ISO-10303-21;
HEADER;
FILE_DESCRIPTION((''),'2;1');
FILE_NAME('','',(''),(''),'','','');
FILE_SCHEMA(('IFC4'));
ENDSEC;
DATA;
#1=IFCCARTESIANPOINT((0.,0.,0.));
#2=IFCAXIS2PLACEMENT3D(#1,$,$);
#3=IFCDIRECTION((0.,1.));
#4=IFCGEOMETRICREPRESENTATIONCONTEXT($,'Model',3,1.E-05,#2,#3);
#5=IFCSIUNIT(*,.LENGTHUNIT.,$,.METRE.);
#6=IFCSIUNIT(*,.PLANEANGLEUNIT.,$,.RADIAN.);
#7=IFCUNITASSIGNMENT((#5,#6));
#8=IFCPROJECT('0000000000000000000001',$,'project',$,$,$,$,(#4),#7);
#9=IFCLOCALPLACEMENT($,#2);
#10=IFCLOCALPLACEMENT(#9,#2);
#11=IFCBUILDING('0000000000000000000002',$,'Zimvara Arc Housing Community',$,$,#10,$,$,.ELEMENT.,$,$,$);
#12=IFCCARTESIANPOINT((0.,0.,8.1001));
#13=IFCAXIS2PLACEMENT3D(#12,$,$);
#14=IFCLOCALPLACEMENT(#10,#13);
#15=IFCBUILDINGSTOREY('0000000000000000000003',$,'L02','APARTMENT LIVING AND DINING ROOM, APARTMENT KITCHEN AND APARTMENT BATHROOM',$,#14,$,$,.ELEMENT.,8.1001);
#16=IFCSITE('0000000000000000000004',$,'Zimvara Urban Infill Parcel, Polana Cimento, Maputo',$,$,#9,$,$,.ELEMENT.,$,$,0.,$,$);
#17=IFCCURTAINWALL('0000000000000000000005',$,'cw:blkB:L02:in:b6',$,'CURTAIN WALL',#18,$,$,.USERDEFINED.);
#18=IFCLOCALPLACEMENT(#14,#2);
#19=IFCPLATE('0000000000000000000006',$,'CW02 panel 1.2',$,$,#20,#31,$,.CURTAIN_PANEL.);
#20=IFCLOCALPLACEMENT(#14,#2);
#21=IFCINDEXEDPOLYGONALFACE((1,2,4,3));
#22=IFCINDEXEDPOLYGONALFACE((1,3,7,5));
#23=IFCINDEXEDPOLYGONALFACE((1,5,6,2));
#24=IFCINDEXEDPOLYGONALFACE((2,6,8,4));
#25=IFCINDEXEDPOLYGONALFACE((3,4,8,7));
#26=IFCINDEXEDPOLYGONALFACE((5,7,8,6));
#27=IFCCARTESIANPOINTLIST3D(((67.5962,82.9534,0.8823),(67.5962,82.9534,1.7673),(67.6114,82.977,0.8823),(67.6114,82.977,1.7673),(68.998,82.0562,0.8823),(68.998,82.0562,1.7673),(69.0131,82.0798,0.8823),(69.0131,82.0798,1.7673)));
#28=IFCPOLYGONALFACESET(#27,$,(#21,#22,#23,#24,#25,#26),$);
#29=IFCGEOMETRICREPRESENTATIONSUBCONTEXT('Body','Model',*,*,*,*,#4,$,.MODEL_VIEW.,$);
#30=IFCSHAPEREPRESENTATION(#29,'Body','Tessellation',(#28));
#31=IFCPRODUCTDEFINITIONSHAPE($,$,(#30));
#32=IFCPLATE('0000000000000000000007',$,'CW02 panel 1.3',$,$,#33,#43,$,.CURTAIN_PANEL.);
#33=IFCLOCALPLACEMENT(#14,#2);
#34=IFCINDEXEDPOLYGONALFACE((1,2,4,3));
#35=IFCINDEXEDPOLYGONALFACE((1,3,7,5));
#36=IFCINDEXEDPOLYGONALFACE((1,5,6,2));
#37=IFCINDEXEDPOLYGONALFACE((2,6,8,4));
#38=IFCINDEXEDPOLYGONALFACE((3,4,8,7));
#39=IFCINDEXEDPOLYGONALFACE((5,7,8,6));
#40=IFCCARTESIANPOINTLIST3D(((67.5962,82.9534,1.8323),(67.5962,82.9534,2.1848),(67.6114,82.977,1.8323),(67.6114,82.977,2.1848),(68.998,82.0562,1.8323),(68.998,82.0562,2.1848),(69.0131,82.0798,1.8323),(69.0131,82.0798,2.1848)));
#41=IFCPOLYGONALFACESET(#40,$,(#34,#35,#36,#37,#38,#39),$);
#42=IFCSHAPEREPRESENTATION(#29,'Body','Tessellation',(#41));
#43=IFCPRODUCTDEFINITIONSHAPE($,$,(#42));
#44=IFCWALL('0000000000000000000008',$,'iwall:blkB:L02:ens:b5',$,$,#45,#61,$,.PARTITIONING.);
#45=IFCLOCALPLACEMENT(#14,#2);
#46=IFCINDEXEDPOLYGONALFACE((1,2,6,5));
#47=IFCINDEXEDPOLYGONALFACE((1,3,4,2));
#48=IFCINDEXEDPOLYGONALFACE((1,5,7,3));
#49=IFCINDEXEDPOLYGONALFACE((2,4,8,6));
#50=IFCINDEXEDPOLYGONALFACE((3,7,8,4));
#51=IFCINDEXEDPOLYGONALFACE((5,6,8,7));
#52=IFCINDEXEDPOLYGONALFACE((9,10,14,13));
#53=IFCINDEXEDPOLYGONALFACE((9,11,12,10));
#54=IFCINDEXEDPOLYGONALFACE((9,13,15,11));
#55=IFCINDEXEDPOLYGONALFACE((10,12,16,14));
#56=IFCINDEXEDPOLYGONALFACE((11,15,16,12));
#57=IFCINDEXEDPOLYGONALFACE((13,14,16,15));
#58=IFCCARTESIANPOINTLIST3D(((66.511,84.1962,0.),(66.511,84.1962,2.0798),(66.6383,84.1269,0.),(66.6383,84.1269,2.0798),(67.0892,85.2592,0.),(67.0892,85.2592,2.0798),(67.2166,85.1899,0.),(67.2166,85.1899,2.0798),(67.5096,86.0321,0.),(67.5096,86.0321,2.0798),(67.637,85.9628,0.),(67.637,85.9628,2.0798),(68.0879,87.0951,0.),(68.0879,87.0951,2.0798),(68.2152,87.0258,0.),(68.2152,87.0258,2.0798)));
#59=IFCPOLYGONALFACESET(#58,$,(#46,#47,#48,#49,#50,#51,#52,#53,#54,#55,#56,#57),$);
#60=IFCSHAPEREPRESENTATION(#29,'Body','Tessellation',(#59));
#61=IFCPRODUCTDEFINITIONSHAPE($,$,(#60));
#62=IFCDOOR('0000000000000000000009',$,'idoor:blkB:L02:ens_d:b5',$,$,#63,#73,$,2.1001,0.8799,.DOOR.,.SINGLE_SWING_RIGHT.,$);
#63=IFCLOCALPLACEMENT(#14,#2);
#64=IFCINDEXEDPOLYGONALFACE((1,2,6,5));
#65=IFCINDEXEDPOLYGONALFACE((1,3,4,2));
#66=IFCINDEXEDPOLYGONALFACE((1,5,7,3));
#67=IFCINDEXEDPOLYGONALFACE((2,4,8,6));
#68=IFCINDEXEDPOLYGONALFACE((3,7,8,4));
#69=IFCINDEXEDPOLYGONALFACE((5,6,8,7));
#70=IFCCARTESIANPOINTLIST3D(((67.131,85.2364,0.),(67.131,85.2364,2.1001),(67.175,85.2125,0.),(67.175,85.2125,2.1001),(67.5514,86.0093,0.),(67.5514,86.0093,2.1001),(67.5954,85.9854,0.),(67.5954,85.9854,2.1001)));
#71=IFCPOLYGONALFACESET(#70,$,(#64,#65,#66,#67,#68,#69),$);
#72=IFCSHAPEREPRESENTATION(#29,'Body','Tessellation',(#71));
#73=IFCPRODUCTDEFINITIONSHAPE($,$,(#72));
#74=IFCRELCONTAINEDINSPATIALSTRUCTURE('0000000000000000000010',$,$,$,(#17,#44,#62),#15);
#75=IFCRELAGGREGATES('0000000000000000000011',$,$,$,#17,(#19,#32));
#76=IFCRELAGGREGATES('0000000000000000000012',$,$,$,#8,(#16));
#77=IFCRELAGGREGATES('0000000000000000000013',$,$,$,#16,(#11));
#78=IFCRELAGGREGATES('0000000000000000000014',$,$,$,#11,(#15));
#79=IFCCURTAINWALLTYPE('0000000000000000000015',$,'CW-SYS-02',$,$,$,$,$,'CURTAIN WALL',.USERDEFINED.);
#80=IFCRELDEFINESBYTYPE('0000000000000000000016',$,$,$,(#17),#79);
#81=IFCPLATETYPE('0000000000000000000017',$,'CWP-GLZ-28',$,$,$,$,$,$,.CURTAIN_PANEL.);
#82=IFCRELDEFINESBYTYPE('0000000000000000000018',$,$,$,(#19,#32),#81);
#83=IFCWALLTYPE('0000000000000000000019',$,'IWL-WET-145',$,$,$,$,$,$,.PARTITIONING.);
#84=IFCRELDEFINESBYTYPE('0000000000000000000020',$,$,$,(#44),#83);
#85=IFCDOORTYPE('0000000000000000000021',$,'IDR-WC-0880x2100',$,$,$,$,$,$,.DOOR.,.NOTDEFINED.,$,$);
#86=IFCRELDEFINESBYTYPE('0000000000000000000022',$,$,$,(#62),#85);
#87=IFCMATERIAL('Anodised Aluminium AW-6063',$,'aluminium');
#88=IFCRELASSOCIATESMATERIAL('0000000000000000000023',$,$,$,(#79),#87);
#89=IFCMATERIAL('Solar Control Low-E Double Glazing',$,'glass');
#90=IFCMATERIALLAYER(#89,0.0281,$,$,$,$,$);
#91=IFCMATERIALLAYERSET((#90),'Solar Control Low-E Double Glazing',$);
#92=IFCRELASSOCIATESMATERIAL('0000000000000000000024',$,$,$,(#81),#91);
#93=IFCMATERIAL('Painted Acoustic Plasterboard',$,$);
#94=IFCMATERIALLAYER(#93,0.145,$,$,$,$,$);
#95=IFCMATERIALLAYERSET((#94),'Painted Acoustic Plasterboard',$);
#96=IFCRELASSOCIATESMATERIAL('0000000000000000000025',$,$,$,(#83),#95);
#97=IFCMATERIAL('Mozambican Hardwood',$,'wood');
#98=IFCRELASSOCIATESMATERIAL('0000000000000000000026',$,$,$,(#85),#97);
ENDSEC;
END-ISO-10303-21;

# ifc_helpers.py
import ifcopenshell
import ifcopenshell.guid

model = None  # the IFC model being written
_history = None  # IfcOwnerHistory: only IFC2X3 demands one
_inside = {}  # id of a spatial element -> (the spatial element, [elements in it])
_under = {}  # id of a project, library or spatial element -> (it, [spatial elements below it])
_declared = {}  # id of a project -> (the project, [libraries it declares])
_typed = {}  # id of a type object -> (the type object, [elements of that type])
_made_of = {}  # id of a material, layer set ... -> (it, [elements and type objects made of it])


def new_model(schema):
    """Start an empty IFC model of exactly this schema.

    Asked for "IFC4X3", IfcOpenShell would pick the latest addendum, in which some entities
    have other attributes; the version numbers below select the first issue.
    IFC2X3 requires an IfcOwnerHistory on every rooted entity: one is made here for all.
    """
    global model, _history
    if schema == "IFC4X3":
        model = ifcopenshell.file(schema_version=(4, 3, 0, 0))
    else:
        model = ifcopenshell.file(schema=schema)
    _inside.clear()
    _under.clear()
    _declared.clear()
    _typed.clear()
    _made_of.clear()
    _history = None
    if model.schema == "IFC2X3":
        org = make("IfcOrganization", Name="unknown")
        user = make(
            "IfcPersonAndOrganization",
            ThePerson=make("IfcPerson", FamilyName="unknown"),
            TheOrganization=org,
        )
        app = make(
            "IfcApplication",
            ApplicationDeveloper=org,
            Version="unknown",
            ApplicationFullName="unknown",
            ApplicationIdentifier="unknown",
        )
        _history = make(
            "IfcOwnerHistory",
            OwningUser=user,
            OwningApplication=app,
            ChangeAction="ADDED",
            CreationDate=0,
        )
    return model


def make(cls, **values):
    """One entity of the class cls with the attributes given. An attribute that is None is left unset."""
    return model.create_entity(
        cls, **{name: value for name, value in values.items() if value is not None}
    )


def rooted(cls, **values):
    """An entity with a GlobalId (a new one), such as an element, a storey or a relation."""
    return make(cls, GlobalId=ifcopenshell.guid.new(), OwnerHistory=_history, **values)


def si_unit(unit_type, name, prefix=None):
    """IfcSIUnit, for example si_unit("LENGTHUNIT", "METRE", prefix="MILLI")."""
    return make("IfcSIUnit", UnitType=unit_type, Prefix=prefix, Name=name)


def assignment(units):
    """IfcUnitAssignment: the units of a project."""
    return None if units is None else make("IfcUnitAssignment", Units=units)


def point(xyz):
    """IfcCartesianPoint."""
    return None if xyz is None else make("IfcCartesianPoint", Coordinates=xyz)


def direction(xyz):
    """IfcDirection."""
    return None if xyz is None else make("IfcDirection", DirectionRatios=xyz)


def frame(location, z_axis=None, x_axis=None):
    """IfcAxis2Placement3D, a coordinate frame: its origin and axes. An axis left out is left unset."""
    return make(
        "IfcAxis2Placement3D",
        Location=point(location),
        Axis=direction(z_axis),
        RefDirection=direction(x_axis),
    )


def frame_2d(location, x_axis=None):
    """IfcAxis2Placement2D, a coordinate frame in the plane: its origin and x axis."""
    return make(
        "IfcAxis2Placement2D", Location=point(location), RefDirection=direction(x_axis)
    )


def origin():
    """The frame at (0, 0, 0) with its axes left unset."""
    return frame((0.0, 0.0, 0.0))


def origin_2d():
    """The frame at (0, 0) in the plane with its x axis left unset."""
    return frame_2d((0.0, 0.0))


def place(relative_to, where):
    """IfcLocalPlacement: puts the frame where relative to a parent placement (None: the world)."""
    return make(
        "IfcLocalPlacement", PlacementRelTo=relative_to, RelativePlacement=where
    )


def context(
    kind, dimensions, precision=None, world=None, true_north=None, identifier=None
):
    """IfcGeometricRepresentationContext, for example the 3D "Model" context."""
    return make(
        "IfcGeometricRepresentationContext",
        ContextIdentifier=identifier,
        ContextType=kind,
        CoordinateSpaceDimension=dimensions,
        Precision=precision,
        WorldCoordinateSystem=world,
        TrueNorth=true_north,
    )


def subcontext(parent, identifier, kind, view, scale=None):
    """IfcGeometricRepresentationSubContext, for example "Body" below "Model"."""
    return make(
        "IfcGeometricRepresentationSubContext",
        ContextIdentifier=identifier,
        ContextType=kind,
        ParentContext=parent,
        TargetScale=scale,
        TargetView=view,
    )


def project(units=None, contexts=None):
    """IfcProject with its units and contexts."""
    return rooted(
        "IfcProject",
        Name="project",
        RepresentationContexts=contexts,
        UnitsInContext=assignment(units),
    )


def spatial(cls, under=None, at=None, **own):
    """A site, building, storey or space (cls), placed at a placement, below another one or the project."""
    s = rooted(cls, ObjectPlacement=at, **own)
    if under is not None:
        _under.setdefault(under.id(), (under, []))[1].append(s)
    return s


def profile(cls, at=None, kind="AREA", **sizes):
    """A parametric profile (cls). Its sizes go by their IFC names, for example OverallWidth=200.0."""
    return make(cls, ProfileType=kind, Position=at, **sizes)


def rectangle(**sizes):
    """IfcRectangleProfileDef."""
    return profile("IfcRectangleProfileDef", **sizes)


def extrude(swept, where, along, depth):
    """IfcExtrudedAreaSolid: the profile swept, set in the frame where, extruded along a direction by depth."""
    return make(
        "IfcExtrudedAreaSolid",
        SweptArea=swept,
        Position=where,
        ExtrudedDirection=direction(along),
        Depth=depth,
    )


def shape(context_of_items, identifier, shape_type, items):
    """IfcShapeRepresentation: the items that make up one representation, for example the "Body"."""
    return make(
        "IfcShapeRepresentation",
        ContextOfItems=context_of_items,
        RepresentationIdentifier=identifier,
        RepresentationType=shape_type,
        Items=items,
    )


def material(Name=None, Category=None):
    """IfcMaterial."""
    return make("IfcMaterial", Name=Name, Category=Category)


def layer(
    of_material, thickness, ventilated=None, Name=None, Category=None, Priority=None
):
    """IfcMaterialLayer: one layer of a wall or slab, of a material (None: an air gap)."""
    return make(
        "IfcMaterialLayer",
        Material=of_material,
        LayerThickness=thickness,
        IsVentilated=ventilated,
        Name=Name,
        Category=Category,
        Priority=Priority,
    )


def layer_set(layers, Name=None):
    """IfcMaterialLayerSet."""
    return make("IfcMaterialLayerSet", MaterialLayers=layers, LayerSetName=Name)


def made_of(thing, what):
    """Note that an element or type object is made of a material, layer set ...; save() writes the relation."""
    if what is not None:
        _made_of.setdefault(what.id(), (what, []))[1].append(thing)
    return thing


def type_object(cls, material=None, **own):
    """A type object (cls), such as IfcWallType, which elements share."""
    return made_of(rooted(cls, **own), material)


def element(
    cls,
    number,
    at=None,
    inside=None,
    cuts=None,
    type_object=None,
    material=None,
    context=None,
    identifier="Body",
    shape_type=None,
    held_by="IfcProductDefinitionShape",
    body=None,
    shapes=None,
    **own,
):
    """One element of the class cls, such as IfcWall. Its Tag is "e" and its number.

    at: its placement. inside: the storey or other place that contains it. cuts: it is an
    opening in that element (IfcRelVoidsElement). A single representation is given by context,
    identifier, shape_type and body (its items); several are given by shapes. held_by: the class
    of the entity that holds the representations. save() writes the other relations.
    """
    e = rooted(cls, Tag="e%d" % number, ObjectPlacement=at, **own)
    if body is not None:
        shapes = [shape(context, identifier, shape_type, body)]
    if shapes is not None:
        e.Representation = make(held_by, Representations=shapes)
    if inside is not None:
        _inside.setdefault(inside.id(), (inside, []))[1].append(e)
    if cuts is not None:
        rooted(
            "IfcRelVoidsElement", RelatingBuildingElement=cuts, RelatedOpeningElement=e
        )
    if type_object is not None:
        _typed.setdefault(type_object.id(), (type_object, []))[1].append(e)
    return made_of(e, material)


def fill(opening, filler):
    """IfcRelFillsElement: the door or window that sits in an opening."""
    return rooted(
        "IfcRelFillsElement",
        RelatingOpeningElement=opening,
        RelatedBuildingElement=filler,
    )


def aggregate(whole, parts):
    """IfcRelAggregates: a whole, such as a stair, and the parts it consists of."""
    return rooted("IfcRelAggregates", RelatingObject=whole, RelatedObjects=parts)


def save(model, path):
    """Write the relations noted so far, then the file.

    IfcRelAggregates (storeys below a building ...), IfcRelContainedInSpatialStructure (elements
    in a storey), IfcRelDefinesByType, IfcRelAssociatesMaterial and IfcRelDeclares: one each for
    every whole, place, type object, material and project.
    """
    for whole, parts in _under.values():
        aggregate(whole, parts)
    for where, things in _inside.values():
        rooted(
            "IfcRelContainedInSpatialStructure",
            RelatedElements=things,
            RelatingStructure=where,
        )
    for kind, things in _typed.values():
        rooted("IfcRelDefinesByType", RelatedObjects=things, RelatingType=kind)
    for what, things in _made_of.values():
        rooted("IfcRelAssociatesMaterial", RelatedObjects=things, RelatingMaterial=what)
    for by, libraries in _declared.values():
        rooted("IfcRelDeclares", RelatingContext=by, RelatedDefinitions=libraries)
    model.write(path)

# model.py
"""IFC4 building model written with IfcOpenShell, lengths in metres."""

from ifc_helpers import new_model, si_unit, direction, frame, frame_2d, origin, origin_2d, place, context, subcontext, project, spatial, rectangle, extrude, material, layer, layer_set, type_object, element, fill, aggregate, save


model = new_model("IFC4")

# Units and contexts
model_context = context("Model", 3, precision=1e-05, world=origin(), true_north=direction((0.0, 1.0)))
body_context = subcontext(model_context, "Body", "Model", "MODEL_VIEW")
ifc_project = project(units=[si_unit("LENGTHUNIT", "METRE"), si_unit("PLANEANGLEUNIT", "RADIAN")], contexts=[model_context])

# Site, building, storey
site_placement = place(None, origin())
site = spatial("IfcSite", under=ifc_project, at=site_placement, Name="Zimvara Urban Infill Parcel, Polana Cimento, Maputo", CompositionType="ELEMENT", RefElevation=0.0)
building_placement = place(site_placement, origin())
building = spatial("IfcBuilding", under=site, at=building_placement, Name="Zimvara Arc Housing Community", CompositionType="ELEMENT")
storey_placement = place(building_placement, frame((0.0, 0.0, 8.1001)))
storey = spatial("IfcBuildingStorey", under=building, at=storey_placement, Name="L02", Description="APARTMENT LIVING AND DINING ROOM, APARTMENT KITCHEN AND APARTMENT BATHROOM", CompositionType="ELEMENT", Elevation=8.1001)

# Curtain wall
ifc_material_1 = material(Name="Anodised Aluminium AW-6063", Category="aluminium")
curtain_wall_type_1 = type_object("IfcCurtainWallType", Name="CW-SYS-02", ElementType="CURTAIN WALL", PredefinedType="USERDEFINED", material=ifc_material_1)
curtain_wall_1_placement = place(storey_placement, origin())
curtain_wall_1 = element("IfcCurtainWall", 1, at=curtain_wall_1_placement, inside=storey, type_object=curtain_wall_type_1, Name="cw:blkB:L02:in:b6", ObjectType="CURTAIN WALL", PredefinedType="USERDEFINED")

# Plates
ifc_material_2 = material(Name="Solar Control Low-E Double Glazing", Category="glass")
ifc_layer_1 = layer(ifc_material_2, 0.0281)
ifc_layer_set_1 = layer_set([ifc_layer_1], Name="Solar Control Low-E Double Glazing")
plate_type_1 = type_object("IfcPlateType", Name="CWP-GLZ-28", PredefinedType="CURTAIN_PANEL", material=ifc_layer_set_1)
plate_1_placement = place(storey_placement, frame((68.3047, 82.5166, 0.8823), z_axis=(0.0, 0.0, 1.0), x_axis=(0.842265, -0.539064, 0.0)))
plate_1 = element("IfcPlate", 2, at=plate_1_placement, type_object=plate_type_1, Name="CW02 panel 1.2", PredefinedType="CURTAIN_PANEL", context=body_context, shape_type="SweptSolid", body=[
    extrude(rectangle(XDim=1.6643, YDim=0.0281, at=origin_2d()), origin(), (0.0, 0.0, 1.0), 0.885),
])
plate_2_placement = place(storey_placement, frame((68.3047, 82.5166, 1.8323), z_axis=(0.0, 0.0, 1.0), x_axis=(0.842265, -0.539064, 0.0)))
plate_2 = element("IfcPlate", 3, at=plate_2_placement, type_object=plate_type_1, Name="CW02 panel 1.3", PredefinedType="CURTAIN_PANEL", context=body_context, shape_type="SweptSolid", body=[
    extrude(rectangle(XDim=1.6643, YDim=0.0281, at=origin_2d()), origin(), (0.0, 0.0, 1.0), 0.3525),
])
aggregate(curtain_wall_1, [plate_1, plate_2])

# Wall, opening, door
ifc_material_3 = material(Name="Painted Acoustic Plasterboard")
ifc_layer_2 = layer(ifc_material_3, 0.145)
ifc_layer_set_2 = layer_set([ifc_layer_2], Name="Painted Acoustic Plasterboard")
wall_type = type_object("IfcWallType", Name="IWL-WET-145", PredefinedType="PARTITIONING", material=ifc_layer_set_2)
wall_placement = place(storey_placement, frame((66.5747, 84.1616, 0.0), z_axis=(0.0, 0.0, 1.0), x_axis=(0.477841, 0.878446, 0.0)))
wall = element("IfcWall", 4, at=wall_placement, inside=storey, type_object=wall_type, Name="iwall:blkB:L02:ens:b5", PredefinedType="PARTITIONING", context=body_context, shape_type="SweptSolid", body=[
    extrude(rectangle(XDim=3.3, YDim=0.145, at=frame_2d((1.6499, 0.0))), origin(), (0.0, 0.0, 1.0), 2.0798),
])
opening_placement = place(wall_placement, frame((1.21, 0.0, 0.0)))
opening = element("IfcOpeningElement", 5, at=opening_placement, cuts=wall, PredefinedType="OPENING", context=body_context, shape_type="SweptSolid", body=[
    extrude(rectangle(XDim=0.8799, YDim=2.1001, at=frame_2d((0.4399, 1.05))), frame((0.0, 0.0825, 0.0), z_axis=(0.0, -1.0, 0.0), x_axis=(1.0, 0.0, 0.0)), (0.0, 0.0, 1.0), 0.165),
])
ifc_material_4 = material(Name="Mozambican Hardwood", Category="wood")
door_type = type_object("IfcDoorType", Name="IDR-WC-0880x2100", OperationType="NOTDEFINED", PredefinedType="DOOR", material=ifc_material_4)
door_placement = place(opening_placement, origin())
door = element("IfcDoor", 6, at=door_placement, inside=storey, type_object=door_type, Name="idoor:blkB:L02:ens_d:b5", OperationType="SINGLE_SWING_RIGHT", OverallHeight=2.1001, OverallWidth=0.8799, PredefinedType="DOOR", context=body_context, shape_type="SweptSolid", body=[
    extrude(rectangle(XDim=0.8799, YDim=2.1001, at=frame_2d((0.4399, 1.05))), frame((0.0, 0.0249, 0.0), z_axis=(0.0, -1.0, 0.0), x_axis=(1.0, 0.0, 0.0)), (0.0, 0.0, 1.0), 0.05),
])
fill(opening, door)

save(model, "model.ifc")
